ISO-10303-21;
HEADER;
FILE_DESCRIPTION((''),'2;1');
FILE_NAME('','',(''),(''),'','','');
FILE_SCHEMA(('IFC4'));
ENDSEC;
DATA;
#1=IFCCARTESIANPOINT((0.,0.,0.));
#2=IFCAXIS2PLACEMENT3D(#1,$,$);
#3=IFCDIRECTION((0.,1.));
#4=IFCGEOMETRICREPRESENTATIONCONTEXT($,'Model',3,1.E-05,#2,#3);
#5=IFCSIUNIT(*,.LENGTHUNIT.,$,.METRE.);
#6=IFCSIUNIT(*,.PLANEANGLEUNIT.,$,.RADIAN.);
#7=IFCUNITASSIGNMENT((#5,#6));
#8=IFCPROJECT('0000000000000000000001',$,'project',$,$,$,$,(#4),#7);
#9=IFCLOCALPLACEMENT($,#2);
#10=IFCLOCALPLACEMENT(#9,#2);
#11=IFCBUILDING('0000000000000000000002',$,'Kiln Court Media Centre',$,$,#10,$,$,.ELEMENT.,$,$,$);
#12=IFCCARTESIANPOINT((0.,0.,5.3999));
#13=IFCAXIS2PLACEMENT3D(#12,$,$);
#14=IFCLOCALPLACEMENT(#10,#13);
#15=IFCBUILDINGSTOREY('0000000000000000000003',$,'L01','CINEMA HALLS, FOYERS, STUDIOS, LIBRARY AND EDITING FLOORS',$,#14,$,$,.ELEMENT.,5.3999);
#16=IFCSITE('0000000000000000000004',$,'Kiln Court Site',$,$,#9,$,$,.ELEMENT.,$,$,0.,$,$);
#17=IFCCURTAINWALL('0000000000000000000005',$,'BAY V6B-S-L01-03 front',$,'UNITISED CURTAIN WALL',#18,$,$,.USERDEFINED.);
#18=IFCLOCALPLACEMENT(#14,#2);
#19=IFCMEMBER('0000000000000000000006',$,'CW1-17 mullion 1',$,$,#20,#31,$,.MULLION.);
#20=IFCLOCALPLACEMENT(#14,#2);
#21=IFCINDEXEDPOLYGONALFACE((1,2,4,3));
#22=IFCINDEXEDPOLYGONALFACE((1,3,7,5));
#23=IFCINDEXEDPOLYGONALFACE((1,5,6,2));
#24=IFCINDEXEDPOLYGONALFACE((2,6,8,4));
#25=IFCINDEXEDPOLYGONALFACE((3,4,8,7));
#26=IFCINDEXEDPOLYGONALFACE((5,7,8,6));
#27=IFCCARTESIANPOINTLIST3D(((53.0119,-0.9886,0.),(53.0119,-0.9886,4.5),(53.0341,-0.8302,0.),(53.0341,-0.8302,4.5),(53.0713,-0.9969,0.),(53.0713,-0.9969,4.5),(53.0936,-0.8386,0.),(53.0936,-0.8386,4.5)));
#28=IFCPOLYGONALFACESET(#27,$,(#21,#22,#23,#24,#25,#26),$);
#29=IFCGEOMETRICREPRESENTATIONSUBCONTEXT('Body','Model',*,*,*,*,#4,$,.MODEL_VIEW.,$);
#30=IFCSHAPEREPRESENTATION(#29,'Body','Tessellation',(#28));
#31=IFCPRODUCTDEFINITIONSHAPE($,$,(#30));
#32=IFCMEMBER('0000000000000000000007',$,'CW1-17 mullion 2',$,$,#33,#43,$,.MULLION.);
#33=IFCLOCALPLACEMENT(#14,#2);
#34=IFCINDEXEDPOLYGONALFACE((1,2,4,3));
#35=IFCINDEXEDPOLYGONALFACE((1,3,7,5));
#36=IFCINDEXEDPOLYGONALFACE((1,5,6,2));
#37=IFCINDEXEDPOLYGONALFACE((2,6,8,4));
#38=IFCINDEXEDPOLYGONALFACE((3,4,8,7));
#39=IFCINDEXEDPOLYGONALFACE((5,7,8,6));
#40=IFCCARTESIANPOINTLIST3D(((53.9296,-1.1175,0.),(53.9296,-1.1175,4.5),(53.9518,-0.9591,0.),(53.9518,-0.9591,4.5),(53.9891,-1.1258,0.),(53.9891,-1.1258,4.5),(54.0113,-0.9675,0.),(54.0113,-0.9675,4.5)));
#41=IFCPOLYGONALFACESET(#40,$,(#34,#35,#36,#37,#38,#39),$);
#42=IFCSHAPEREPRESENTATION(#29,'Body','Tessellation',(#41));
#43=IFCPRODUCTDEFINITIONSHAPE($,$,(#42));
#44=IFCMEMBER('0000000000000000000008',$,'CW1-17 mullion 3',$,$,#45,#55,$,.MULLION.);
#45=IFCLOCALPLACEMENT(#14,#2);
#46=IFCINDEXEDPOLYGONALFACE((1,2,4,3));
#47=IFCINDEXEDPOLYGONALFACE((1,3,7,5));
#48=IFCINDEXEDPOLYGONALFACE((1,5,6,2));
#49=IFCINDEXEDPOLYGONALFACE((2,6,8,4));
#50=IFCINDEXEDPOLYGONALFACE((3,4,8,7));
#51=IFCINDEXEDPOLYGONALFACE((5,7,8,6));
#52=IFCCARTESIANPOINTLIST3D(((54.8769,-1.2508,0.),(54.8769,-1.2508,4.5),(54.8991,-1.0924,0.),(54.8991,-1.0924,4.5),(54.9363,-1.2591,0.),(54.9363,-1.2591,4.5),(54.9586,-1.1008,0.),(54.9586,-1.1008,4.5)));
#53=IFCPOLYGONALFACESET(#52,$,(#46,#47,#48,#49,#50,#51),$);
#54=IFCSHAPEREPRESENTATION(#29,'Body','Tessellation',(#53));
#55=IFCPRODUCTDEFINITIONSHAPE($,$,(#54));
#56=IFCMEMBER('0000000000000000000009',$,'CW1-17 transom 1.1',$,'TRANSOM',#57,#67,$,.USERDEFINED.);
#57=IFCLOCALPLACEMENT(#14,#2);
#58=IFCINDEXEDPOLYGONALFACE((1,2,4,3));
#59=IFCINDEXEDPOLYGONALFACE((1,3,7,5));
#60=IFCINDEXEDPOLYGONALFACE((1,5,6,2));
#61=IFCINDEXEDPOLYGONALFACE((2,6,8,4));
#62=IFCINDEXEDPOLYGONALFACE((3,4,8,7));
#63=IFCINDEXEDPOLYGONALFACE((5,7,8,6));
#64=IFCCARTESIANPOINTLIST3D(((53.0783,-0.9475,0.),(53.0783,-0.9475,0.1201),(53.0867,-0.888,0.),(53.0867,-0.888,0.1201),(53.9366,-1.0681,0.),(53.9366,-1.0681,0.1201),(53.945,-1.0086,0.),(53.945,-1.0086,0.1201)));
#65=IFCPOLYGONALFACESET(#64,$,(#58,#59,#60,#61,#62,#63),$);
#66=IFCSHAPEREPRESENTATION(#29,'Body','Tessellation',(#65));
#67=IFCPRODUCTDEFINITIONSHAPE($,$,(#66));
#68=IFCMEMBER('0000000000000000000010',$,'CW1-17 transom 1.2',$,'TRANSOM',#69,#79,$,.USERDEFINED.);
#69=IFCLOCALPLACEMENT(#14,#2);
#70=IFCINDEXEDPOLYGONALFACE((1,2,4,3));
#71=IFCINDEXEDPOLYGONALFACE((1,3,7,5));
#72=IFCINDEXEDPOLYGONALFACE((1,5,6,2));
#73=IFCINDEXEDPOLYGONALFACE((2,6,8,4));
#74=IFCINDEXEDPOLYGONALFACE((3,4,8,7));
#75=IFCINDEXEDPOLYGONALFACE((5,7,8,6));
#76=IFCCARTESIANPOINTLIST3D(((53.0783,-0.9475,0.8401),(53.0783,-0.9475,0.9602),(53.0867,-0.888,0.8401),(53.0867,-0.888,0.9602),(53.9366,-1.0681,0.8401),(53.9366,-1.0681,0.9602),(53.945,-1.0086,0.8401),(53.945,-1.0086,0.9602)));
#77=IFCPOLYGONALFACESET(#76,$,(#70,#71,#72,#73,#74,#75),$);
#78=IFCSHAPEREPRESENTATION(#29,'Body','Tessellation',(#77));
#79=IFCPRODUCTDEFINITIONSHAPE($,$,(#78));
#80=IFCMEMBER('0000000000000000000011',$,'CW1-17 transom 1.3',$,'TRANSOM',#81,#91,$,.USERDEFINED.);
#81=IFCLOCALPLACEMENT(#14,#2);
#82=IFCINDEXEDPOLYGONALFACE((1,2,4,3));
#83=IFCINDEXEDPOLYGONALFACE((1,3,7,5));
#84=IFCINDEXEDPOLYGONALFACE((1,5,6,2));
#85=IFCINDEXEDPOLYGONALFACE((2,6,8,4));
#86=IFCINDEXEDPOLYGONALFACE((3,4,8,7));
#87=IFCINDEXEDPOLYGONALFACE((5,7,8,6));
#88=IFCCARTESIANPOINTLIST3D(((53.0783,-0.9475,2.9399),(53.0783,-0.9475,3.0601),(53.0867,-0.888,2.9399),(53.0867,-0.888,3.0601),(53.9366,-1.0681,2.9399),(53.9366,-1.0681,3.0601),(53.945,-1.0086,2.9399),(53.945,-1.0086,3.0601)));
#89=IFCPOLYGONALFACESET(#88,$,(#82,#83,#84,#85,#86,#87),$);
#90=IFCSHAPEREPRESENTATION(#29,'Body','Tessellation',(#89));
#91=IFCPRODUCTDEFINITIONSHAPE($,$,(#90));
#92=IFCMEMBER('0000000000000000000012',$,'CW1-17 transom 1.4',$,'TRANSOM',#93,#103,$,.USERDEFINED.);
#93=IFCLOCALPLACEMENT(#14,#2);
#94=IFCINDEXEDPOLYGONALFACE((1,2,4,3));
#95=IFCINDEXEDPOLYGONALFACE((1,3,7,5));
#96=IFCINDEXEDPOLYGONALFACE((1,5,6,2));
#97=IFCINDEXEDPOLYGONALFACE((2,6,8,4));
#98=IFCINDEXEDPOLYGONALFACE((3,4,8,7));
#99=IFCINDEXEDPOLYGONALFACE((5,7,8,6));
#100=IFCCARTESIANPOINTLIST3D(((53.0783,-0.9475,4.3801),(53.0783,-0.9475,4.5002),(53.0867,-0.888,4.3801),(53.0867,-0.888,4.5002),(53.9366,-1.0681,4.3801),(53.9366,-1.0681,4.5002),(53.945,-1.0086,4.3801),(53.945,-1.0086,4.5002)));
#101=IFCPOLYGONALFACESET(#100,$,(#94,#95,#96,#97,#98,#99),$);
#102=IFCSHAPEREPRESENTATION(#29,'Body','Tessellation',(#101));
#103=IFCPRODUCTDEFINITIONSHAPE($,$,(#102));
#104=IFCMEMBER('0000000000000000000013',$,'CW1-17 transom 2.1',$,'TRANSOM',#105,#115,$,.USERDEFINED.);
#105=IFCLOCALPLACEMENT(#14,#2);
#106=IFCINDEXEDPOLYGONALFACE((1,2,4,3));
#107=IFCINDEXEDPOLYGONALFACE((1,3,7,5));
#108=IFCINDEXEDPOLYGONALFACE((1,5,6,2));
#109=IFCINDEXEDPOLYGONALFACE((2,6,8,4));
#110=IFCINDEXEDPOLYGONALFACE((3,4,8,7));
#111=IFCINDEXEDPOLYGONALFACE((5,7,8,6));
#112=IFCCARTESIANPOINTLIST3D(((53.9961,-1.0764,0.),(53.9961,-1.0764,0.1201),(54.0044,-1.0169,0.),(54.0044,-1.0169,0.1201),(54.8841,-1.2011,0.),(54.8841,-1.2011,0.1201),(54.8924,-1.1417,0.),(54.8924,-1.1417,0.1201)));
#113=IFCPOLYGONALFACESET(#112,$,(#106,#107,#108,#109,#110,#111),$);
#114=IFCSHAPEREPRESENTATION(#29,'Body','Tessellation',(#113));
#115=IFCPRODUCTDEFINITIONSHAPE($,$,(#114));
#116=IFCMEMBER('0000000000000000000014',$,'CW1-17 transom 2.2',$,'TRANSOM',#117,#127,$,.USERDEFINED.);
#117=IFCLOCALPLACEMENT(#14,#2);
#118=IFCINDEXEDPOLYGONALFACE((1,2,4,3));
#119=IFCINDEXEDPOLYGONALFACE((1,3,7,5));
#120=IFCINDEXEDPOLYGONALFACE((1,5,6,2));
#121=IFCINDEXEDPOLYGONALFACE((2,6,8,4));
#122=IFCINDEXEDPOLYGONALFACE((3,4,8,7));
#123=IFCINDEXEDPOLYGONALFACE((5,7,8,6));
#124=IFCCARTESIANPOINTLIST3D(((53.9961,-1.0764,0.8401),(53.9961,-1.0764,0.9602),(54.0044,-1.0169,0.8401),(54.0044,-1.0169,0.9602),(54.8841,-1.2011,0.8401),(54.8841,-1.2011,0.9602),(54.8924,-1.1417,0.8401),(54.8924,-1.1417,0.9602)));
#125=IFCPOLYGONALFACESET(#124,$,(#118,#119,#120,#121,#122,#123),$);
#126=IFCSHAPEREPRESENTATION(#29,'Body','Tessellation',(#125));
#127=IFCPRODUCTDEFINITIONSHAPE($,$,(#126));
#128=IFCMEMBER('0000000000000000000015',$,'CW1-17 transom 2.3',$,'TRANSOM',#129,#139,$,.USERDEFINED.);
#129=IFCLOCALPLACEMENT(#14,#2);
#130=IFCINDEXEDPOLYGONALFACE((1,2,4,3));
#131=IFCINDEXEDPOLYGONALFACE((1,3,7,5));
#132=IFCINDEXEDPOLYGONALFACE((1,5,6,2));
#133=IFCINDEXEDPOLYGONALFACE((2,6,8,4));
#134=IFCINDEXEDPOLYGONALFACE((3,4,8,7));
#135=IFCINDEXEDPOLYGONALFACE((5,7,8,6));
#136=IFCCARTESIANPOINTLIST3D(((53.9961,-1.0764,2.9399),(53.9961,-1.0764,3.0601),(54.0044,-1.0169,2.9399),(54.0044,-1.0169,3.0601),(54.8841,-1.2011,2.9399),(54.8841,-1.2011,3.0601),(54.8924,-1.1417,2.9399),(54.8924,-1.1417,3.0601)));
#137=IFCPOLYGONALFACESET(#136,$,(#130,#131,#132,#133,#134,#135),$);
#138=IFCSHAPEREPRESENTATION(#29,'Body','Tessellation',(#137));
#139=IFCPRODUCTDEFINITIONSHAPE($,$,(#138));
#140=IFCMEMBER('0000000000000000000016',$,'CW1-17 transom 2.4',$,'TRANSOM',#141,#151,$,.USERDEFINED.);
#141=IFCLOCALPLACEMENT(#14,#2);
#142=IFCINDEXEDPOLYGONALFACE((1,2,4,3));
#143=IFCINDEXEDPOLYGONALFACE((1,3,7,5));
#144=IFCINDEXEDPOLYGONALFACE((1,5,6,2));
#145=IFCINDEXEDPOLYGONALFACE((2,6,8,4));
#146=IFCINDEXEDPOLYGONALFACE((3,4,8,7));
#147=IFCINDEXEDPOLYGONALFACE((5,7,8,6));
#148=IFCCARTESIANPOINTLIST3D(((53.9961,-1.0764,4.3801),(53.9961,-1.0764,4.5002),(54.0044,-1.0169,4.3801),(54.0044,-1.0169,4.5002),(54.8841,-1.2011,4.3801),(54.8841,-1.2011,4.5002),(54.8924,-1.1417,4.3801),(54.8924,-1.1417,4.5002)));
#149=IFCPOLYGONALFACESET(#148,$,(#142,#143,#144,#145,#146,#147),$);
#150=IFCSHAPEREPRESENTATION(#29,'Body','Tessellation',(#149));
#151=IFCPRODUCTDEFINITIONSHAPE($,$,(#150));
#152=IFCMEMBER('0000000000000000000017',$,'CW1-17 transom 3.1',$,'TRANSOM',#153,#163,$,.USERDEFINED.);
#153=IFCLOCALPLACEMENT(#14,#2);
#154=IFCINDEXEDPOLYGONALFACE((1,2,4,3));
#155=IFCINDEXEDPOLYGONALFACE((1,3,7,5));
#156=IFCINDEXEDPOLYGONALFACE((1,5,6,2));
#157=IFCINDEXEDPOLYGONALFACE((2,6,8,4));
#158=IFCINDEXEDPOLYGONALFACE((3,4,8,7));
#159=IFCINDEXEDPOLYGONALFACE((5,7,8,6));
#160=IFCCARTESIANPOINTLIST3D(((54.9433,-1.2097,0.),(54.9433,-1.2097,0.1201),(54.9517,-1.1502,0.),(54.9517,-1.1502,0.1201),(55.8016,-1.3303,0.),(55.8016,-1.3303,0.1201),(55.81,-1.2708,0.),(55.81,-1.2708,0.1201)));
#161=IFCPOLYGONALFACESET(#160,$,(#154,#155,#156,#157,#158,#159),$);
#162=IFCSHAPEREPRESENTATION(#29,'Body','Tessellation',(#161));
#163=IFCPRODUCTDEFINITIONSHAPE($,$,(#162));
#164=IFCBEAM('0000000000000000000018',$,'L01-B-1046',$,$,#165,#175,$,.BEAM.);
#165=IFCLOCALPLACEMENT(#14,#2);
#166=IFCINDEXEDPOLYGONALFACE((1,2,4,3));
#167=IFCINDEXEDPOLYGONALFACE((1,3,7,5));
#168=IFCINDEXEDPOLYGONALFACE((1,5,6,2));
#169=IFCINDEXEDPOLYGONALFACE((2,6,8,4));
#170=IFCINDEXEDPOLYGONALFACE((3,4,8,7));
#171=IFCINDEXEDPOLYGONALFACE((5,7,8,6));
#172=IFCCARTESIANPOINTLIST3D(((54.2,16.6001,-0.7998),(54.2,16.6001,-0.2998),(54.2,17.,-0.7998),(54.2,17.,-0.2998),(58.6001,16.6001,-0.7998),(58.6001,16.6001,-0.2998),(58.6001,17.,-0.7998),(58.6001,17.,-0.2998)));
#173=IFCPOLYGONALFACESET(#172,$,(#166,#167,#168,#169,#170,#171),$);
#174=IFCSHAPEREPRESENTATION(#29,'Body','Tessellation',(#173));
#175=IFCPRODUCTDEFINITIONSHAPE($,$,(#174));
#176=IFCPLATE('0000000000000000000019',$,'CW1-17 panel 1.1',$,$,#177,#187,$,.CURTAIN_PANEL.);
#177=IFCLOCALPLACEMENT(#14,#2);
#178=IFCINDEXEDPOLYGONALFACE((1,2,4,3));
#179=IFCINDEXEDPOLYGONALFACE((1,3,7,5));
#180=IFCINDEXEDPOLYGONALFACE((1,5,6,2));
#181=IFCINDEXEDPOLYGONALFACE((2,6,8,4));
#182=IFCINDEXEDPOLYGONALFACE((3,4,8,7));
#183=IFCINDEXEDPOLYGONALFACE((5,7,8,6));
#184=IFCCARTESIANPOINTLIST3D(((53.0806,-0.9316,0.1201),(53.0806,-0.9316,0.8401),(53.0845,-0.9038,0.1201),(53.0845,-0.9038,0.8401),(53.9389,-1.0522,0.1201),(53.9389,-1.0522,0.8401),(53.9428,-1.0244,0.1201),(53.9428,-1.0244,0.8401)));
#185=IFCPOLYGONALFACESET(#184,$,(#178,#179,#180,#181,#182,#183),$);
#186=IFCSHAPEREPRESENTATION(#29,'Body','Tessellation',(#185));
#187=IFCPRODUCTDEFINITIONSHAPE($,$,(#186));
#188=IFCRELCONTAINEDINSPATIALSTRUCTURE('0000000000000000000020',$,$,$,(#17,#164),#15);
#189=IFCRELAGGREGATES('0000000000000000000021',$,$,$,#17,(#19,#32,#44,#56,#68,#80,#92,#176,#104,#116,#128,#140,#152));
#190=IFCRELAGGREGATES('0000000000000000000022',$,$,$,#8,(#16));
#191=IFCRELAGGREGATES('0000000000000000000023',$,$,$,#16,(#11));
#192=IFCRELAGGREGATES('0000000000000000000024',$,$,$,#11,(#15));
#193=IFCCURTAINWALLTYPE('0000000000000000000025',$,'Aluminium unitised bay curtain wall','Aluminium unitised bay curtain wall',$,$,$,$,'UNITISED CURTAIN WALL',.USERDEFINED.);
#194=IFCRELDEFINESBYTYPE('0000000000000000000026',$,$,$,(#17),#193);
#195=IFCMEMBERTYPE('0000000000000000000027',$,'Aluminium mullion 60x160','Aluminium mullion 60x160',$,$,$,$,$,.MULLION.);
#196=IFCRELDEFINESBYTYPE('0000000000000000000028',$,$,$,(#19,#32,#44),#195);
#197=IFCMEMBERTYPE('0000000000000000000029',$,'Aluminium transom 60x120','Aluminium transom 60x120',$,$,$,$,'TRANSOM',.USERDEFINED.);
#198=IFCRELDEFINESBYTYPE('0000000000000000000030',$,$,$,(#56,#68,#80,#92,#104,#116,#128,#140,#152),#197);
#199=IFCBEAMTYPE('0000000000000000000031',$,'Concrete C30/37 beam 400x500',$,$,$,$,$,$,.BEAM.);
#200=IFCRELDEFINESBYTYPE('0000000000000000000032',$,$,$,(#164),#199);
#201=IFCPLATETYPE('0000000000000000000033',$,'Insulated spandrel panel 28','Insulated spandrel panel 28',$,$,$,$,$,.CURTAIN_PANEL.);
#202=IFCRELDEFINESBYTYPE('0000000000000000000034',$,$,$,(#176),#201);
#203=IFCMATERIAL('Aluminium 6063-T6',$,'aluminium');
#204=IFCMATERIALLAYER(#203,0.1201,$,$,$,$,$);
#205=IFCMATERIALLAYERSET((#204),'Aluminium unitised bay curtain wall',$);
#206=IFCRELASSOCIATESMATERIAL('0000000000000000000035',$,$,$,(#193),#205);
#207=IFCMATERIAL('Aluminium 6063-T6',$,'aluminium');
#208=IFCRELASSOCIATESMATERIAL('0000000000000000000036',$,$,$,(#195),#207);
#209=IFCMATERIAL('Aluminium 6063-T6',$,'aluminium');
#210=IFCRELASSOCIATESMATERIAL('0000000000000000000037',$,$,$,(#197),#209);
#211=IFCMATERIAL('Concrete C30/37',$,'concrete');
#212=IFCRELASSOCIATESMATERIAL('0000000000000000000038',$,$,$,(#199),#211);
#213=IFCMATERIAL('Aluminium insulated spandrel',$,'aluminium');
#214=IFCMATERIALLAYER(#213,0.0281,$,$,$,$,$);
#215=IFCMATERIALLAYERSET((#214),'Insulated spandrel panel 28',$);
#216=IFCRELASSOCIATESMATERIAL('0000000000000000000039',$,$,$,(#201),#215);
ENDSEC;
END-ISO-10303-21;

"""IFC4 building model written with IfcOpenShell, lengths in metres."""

from ifc_helpers import new_model, si_unit, direction, frame, origin, origin_2d, place, context, subcontext, project, spatial, rectangle, extrude, material, layer, layer_set, material_profile, profile_set, type_object, element, aggregate, save


model = new_model("IFC4")

# Units and contexts
model_context = context("Model", 3, precision=1e-05, world=origin(), true_north=direction((0.0, 1.0)))
body_context = subcontext(model_context, "Body", "Model", "MODEL_VIEW")
ifc_project = project(units=[si_unit("LENGTHUNIT", "METRE"), si_unit("PLANEANGLEUNIT", "RADIAN")], contexts=[model_context])

# Site, building, storey
site_placement = place(None, origin())
site = spatial("IfcSite", under=ifc_project, at=site_placement, Name="Kiln Court Site", CompositionType="ELEMENT", RefElevation=0.0)
building_placement = place(site_placement, origin())
building = spatial("IfcBuilding", under=site, at=building_placement, Name="Kiln Court Media Centre", CompositionType="ELEMENT")
storey_placement = place(building_placement, frame((0.0, 0.0, 5.3999)))
storey = spatial("IfcBuildingStorey", under=building, at=storey_placement, Name="L01", Description="CINEMA HALLS, FOYERS, STUDIOS, LIBRARY AND EDITING FLOORS", CompositionType="ELEMENT", Elevation=5.3999)

# Curtain wall, members
ifc_material_1 = material(Name="Aluminium 6063-T6", Category="aluminium")
ifc_layer_1 = layer(ifc_material_1, 0.1201)
ifc_layer_set_1 = layer_set([ifc_layer_1], Name="Aluminium unitised bay curtain wall")
curtain_wall_type = type_object("IfcCurtainWallType", Name="Aluminium unitised bay curtain wall", Description="Aluminium unitised bay curtain wall", ElementType="UNITISED CURTAIN WALL", PredefinedType="USERDEFINED", material=ifc_layer_set_1)
curtain_wall_placement = place(storey_placement, origin())
curtain_wall = element("IfcCurtainWall", 1, at=curtain_wall_placement, inside=storey, type_object=curtain_wall_type, Name="BAY V6B-S-L01-03 front", ObjectType="UNITISED CURTAIN WALL", PredefinedType="USERDEFINED")
ifc_material_2 = material(Name="Aluminium 6063-T6", Category="aluminium")
ifc_material_profile_1 = material_profile(ifc_material_2, rectangle(XDim=0.0601, YDim=0.1599, at=origin_2d()), Name="Aluminium mullion 60x160")
ifc_profile_set_1 = profile_set([ifc_material_profile_1], Name="Aluminium 6063-T6")
member_type_1 = type_object("IfcMemberType", Name="Aluminium mullion 60x160", Description="Aluminium mullion 60x160", PredefinedType="MULLION", material=ifc_profile_set_1)
member_1_placement = place(storey_placement, frame((53.0527, -0.9136, 0.0), z_axis=(0.0, 0.0, 1.0), x_axis=(0.99027, -0.139162, 0.0)))
member_1 = element("IfcMember", 2, at=member_1_placement, type_object=member_type_1, Name="CW1-17 mullion 1", PredefinedType="MULLION", context=body_context, shape_type="SweptSolid", body=[
    extrude(rectangle(XDim=0.0601, YDim=0.1599, at=origin_2d()), origin(), (0.0, 0.0, 1.0), 4.5),
])
member_2_placement = place(storey_placement, frame((53.9705, -1.0425, 0.0), z_axis=(0.0, 0.0, 1.0), x_axis=(0.99027, -0.139162, 0.0)))
member_2 = element("IfcMember", 3, at=member_2_placement, type_object=member_type_1, Name="CW1-17 mullion 2", PredefinedType="MULLION", context=body_context, shape_type="SweptSolid", body=[
    extrude(rectangle(XDim=0.0601, YDim=0.1599, at=origin_2d()), origin(), (0.0, 0.0, 1.0), 4.5),
])
member_3_placement = place(storey_placement, frame((54.9177, -1.1758, 0.0), z_axis=(0.0, 0.0, 1.0), x_axis=(0.99027, -0.139162, 0.0)))
member_3 = element("IfcMember", 4, at=member_3_placement, type_object=member_type_1, Name="CW1-17 mullion 3", PredefinedType="MULLION", context=body_context, shape_type="SweptSolid", body=[
    extrude(rectangle(XDim=0.0601, YDim=0.1599, at=origin_2d()), origin(), (0.0, 0.0, 1.0), 4.5),
])
ifc_material_3 = material(Name="Aluminium 6063-T6", Category="aluminium")
ifc_material_profile_2 = material_profile(ifc_material_3, rectangle(XDim=0.0601, YDim=0.1201, at=origin_2d()), Name="Aluminium transom 60x120")
ifc_profile_set_2 = profile_set([ifc_material_profile_2], Name="Aluminium 6063-T6")
member_type_2 = type_object("IfcMemberType", Name="Aluminium transom 60x120", Description="Aluminium transom 60x120", ElementType="TRANSOM", PredefinedType="USERDEFINED", material=ifc_profile_set_2)
member_4_placement = place(storey_placement, frame((53.0825, -0.9177, 0.0601), z_axis=(0.990268, -0.139173, 0.0), x_axis=(0.139173, 0.990268, 0.0)))
member_4 = element("IfcMember", 5, at=member_4_placement, type_object=member_type_2, Name="CW1-17 transom 1.1", ObjectType="TRANSOM", PredefinedType="USERDEFINED", context=body_context, shape_type="SweptSolid", body=[
    extrude(rectangle(XDim=0.0601, YDim=0.1201, at=origin_2d()), origin(), (0.0, 0.0, 1.0), 0.8667),
])
member_5_placement = place(storey_placement, frame((53.0825, -0.9177, 0.9001), z_axis=(0.990268, -0.139173, 0.0), x_axis=(0.139173, 0.990268, 0.0)))
member_5 = element("IfcMember", 6, at=member_5_placement, type_object=member_type_2, Name="CW1-17 transom 1.2", ObjectType="TRANSOM", PredefinedType="USERDEFINED", context=body_context, shape_type="SweptSolid", body=[
    extrude(rectangle(XDim=0.0601, YDim=0.1201, at=origin_2d()), origin(), (0.0, 0.0, 1.0), 0.8667),
])
member_6_placement = place(storey_placement, frame((53.0825, -0.9177, 3.0), z_axis=(0.990268, -0.139173, 0.0), x_axis=(0.139173, 0.990268, 0.0)))
member_6 = element("IfcMember", 7, at=member_6_placement, type_object=member_type_2, Name="CW1-17 transom 1.3", ObjectType="TRANSOM", PredefinedType="USERDEFINED", context=body_context, shape_type="SweptSolid", body=[
    extrude(rectangle(XDim=0.0601, YDim=0.1201, at=origin_2d()), origin(), (0.0, 0.0, 1.0), 0.8667),
])
member_7_placement = place(storey_placement, frame((53.0825, -0.9177, 4.4402), z_axis=(0.990268, -0.139173, 0.0), x_axis=(0.139173, 0.990268, 0.0)))
member_7 = element("IfcMember", 8, at=member_7_placement, type_object=member_type_2, Name="CW1-17 transom 1.4", ObjectType="TRANSOM", PredefinedType="USERDEFINED", context=body_context, shape_type="SweptSolid", body=[
    extrude(rectangle(XDim=0.0601, YDim=0.1201, at=origin_2d()), origin(), (0.0, 0.0, 1.0), 0.8667),
])
member_8_placement = place(storey_placement, frame((54.0002, -1.0466, 0.0601), z_axis=(0.990274, -0.139134, 0.0), x_axis=(0.139134, 0.990274, 0.0)))
member_8 = element("IfcMember", 9, at=member_8_placement, type_object=member_type_2, Name="CW1-17 transom 2.1", ObjectType="TRANSOM", PredefinedType="USERDEFINED", context=body_context, shape_type="SweptSolid", body=[
    extrude(rectangle(XDim=0.0601, YDim=0.1201, at=origin_2d()), origin(), (0.0, 0.0, 1.0), 0.8967),
])
member_9_placement = place(storey_placement, frame((54.0002, -1.0466, 0.9001), z_axis=(0.990274, -0.139134, 0.0), x_axis=(0.139134, 0.990274, 0.0)))
member_9 = element("IfcMember", 10, at=member_9_placement, type_object=member_type_2, Name="CW1-17 transom 2.2", ObjectType="TRANSOM", PredefinedType="USERDEFINED", context=body_context, shape_type="SweptSolid", body=[
    extrude(rectangle(XDim=0.0601, YDim=0.1201, at=origin_2d()), origin(), (0.0, 0.0, 1.0), 0.8967),
])
member_10_placement = place(storey_placement, frame((54.0002, -1.0466, 3.0), z_axis=(0.990274, -0.139134, 0.0), x_axis=(0.139134, 0.990274, 0.0)))
member_10 = element("IfcMember", 11, at=member_10_placement, type_object=member_type_2, Name="CW1-17 transom 2.3", ObjectType="TRANSOM", PredefinedType="USERDEFINED", context=body_context, shape_type="SweptSolid", body=[
    extrude(rectangle(XDim=0.0601, YDim=0.1201, at=origin_2d()), origin(), (0.0, 0.0, 1.0), 0.8967),
])
member_11_placement = place(storey_placement, frame((54.0002, -1.0466, 4.4402), z_axis=(0.990274, -0.139134, 0.0), x_axis=(0.139134, 0.990274, 0.0)))
member_11 = element("IfcMember", 12, at=member_11_placement, type_object=member_type_2, Name="CW1-17 transom 2.4", ObjectType="TRANSOM", PredefinedType="USERDEFINED", context=body_context, shape_type="SweptSolid", body=[
    extrude(rectangle(XDim=0.0601, YDim=0.1201, at=origin_2d()), origin(), (0.0, 0.0, 1.0), 0.8967),
])
member_12_placement = place(storey_placement, frame((54.9475, -1.1799, 0.0601), z_axis=(0.990268, -0.139173, 0.0), x_axis=(0.139173, 0.990268, 0.0)))
member_12 = element("IfcMember", 13, at=member_12_placement, type_object=member_type_2, Name="CW1-17 transom 3.1", ObjectType="TRANSOM", PredefinedType="USERDEFINED", context=body_context, shape_type="SweptSolid", body=[
    extrude(rectangle(XDim=0.0601, YDim=0.1201, at=origin_2d()), origin(), (0.0, 0.0, 1.0), 0.8667),
])

# Beam
ifc_material_4 = material(Name="Concrete C30/37", Category="concrete")
ifc_material_profile_3 = material_profile(ifc_material_4, rectangle(XDim=0.3999, YDim=0.5, at=origin_2d()), Name="RC 400x500")
ifc_profile_set_3 = profile_set([ifc_material_profile_3], Name="Concrete C30/37")
beam_type = type_object("IfcBeamType", Name="Concrete C30/37 beam 400x500", PredefinedType="BEAM", material=ifc_profile_set_3)
beam_placement = place(storey_placement, frame((54.2, 16.8, -0.5498), z_axis=(1.0, 0.0, 0.0), x_axis=(0.0, 1.0, 0.0)))
element("IfcBeam", 14, at=beam_placement, inside=storey, type_object=beam_type, Name="L01-B-1046", PredefinedType="BEAM", context=body_context, shape_type="SweptSolid", body=[
    extrude(rectangle(XDim=0.3999, YDim=0.5, at=origin_2d()), origin(), (0.0, 0.0, 1.0), 4.4001),
])

# Plate
ifc_material_5 = material(Name="Aluminium insulated spandrel", Category="aluminium")
ifc_layer_2 = layer(ifc_material_5, 0.0281)
ifc_layer_set_2 = layer_set([ifc_layer_2], Name="Insulated spandrel panel 28")
plate_type_1 = type_object("IfcPlateType", Name="Insulated spandrel panel 28", Description="Insulated spandrel panel 28", PredefinedType="CURTAIN_PANEL", material=ifc_layer_set_2)
plate_1_placement = place(storey_placement, frame((53.5117, -0.978, 0.1201), z_axis=(0.0, 0.0, 1.0), x_axis=(0.99027, -0.139162, 0.0)))
plate_1 = element("IfcPlate", 15, at=plate_1_placement, type_object=plate_type_1, Name="CW1-17 panel 1.1", PredefinedType="CURTAIN_PANEL", context=body_context, shape_type="SweptSolid", body=[
    extrude(rectangle(XDim=0.8667, YDim=0.0281, at=origin_2d()), origin(), (0.0, 0.0, 1.0), 0.72),
])
aggregate(curtain_wall, [member_1, member_2, member_3, member_4, member_5, member_6, member_7, plate_1, member_8, member_9, member_10, member_11, member_12])

save(model, "model.ifc")
